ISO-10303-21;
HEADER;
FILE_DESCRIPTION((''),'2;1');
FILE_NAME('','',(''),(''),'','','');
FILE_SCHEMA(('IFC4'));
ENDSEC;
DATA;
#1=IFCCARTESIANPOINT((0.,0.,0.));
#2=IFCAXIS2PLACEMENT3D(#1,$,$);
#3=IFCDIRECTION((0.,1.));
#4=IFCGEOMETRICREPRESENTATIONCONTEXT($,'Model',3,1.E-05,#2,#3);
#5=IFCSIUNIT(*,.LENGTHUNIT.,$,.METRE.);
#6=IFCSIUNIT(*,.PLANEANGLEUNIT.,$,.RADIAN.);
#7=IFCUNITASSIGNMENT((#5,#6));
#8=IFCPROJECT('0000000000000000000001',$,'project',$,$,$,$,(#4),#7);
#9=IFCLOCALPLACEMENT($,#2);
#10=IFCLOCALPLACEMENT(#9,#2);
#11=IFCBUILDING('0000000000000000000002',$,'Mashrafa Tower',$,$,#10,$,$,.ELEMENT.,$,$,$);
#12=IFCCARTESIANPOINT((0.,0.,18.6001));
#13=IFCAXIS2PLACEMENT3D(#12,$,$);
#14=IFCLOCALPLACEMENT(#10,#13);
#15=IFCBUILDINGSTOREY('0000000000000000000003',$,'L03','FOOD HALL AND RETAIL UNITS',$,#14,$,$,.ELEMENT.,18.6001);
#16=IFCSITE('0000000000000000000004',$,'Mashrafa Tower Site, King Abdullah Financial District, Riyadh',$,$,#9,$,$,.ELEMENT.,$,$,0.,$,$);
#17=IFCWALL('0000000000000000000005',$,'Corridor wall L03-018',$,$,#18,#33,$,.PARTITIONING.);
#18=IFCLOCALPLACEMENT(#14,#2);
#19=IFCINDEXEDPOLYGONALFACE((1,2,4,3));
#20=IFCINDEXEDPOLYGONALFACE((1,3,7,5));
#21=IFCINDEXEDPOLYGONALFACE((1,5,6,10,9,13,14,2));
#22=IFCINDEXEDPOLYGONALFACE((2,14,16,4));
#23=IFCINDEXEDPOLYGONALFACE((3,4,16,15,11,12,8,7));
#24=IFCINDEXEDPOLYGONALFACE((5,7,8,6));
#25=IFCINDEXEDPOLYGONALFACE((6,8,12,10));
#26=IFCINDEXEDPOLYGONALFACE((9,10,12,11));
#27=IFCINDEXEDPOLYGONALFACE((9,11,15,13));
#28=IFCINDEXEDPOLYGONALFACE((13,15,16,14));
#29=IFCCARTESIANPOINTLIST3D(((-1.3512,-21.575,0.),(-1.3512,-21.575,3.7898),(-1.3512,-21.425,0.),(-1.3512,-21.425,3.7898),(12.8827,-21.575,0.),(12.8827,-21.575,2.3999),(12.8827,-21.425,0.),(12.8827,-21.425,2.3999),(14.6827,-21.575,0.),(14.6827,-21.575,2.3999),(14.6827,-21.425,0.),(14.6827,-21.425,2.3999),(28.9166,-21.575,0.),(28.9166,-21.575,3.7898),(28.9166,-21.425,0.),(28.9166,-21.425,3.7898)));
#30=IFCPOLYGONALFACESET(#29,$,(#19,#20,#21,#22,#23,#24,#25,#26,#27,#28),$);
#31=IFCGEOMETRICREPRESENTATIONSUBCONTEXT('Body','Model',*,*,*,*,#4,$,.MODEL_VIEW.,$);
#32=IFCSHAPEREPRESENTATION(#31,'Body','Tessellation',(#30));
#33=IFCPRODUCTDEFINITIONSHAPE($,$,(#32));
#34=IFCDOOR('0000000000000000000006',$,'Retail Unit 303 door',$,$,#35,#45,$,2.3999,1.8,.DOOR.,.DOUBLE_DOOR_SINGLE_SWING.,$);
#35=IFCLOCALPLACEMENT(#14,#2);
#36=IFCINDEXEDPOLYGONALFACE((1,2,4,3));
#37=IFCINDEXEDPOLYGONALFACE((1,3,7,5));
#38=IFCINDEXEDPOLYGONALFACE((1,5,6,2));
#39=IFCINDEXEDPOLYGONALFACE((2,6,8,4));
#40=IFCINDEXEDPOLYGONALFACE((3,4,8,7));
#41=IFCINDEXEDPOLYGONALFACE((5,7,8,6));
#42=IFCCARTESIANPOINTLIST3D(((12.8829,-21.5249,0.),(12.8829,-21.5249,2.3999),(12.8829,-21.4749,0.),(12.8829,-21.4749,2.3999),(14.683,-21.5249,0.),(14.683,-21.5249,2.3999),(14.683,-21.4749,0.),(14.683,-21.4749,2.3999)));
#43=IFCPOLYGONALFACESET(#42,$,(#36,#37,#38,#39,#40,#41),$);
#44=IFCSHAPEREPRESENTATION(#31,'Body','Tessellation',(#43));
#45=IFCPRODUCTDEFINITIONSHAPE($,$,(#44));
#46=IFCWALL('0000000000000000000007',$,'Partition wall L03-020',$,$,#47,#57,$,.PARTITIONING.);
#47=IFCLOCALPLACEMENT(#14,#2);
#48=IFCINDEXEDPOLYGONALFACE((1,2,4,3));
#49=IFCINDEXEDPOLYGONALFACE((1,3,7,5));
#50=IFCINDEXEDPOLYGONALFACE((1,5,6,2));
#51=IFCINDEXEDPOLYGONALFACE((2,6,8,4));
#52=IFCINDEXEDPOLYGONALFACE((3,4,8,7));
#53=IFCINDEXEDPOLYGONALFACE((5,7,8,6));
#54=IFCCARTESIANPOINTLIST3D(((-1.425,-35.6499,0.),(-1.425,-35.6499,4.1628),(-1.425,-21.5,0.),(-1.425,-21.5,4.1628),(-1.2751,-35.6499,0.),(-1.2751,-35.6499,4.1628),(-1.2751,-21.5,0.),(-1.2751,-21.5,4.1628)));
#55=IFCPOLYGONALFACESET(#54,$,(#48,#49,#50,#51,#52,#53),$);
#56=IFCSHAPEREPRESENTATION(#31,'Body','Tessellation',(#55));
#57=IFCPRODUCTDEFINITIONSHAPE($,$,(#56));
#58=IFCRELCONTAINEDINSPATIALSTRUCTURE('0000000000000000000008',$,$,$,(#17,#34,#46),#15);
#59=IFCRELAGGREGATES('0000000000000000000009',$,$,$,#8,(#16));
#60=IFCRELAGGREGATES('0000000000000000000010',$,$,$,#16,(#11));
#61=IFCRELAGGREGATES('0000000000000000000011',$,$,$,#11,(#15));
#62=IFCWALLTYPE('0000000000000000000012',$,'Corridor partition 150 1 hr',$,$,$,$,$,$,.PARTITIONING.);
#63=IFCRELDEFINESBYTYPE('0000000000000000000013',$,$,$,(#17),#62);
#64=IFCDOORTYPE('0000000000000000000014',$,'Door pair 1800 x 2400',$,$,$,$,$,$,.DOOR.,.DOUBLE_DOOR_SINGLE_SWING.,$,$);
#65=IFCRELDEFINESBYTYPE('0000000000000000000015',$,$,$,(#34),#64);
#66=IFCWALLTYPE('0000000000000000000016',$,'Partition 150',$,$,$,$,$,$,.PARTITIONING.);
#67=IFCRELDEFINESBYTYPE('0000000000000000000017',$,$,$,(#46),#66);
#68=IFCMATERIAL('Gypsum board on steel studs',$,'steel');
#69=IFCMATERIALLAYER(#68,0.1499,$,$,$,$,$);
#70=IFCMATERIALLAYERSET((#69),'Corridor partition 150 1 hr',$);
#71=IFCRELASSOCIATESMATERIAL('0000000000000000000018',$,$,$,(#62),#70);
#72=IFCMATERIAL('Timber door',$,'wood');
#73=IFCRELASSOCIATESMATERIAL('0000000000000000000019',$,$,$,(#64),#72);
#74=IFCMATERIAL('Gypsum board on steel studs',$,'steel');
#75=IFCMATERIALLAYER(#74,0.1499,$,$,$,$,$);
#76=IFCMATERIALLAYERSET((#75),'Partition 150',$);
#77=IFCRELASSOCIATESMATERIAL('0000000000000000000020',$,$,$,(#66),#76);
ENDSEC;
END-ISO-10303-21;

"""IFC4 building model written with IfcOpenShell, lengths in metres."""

from ifc_helpers import new_model, si_unit, direction, frame, frame_2d, origin, place, context, subcontext, project, spatial, rectangle, extrude, material, layer, layer_set, type_object, element, fill, save


model = new_model("IFC4")

# Units and contexts
model_context = context("Model", 3, precision=1e-05, world=origin(), true_north=direction((0.0, 1.0)))
body_context = subcontext(model_context, "Body", "Model", "MODEL_VIEW")
ifc_project = project(units=[si_unit("LENGTHUNIT", "METRE"), si_unit("PLANEANGLEUNIT", "RADIAN")], contexts=[model_context])

# Site, building, storey
site_placement = place(None, origin())
site = spatial("IfcSite", under=ifc_project, at=site_placement, Name="Mashrafa Tower Site, King Abdullah Financial District, Riyadh", CompositionType="ELEMENT", RefElevation=0.0)
building_placement = place(site_placement, origin())
building = spatial("IfcBuilding", under=site, at=building_placement, Name="Mashrafa Tower", CompositionType="ELEMENT")
storey_placement = place(building_placement, frame((0.0, 0.0, 18.6001)))
storey = spatial("IfcBuildingStorey", under=building, at=storey_placement, Name="L03", Description="FOOD HALL AND RETAIL UNITS", CompositionType="ELEMENT", Elevation=18.6001)

# Wall, opening, door
ifc_material_1 = material(Name="Gypsum board on steel studs", Category="steel")
ifc_layer_1 = layer(ifc_material_1, 0.1499)
ifc_layer_set_1 = layer_set([ifc_layer_1], Name="Corridor partition 150 1 hr")
wall_type_1 = type_object("IfcWallType", Name="Corridor partition 150 1 hr", PredefinedType="PARTITIONING", material=ifc_layer_set_1)
wall_1_placement = place(storey_placement, frame((-1.3511, -21.5, 0.0), z_axis=(0.0, 0.0, 1.0), x_axis=(1.0, 0.0, 0.0)))
wall_1 = element("IfcWall", 1, at=wall_1_placement, inside=storey, type_object=wall_type_1, Name="Corridor wall L03-018", PredefinedType="PARTITIONING", context=body_context, shape_type="SweptSolid", body=[
    extrude(rectangle(XDim=30.2678, YDim=0.1499, at=frame_2d((15.1338, 0.0))), origin(), (0.0, 0.0, 1.0), 3.7898),
])
opening_placement = place(wall_1_placement, frame((14.2339, 0.0, 0.0)))
opening = element("IfcOpeningElement", 2, at=opening_placement, cuts=wall_1, PredefinedType="OPENING", context=body_context, shape_type="SweptSolid", body=[
    extrude(rectangle(XDim=1.8, YDim=2.3999, at=frame_2d((0.8999, 1.2))), frame((0.0, 0.085, 0.0), z_axis=(0.0, -1.0, 0.0), x_axis=(1.0, 0.0, 0.0)), (0.0, 0.0, 1.0), 0.1699),
])
ifc_material_2 = material(Name="Timber door", Category="wood")
door_type = type_object("IfcDoorType", Name="Door pair 1800 x 2400", OperationType="DOUBLE_DOOR_SINGLE_SWING", PredefinedType="DOOR", material=ifc_material_2)
door_placement = place(opening_placement, frame((1.8, 0.0, 0.0), z_axis=(0.0, 0.0, 1.0), x_axis=(-1.0, 0.0, 0.0)))
door = element("IfcDoor", 3, at=door_placement, inside=storey, type_object=door_type, Name="Retail Unit 303 door", OperationType="DOUBLE_DOOR_SINGLE_SWING", OverallHeight=2.3999, OverallWidth=1.8, PredefinedType="DOOR", context=body_context, shape_type="SweptSolid", body=[
    extrude(rectangle(XDim=1.8, YDim=2.3999, at=frame_2d((0.8999, 1.2))), frame((0.0, 0.0249, 0.0), z_axis=(0.0, -1.0, 0.0), x_axis=(1.0, 0.0, 0.0)), (0.0, 0.0, 1.0), 0.05),
])
fill(opening, door)

# Wall
ifc_material_3 = material(Name="Gypsum board on steel studs", Category="steel")
ifc_layer_2 = layer(ifc_material_3, 0.1499)
ifc_layer_set_2 = layer_set([ifc_layer_2], Name="Partition 150")
wall_type_2 = type_object("IfcWallType", Name="Partition 150", PredefinedType="PARTITIONING", material=ifc_layer_set_2)
wall_2_placement = place(storey_placement, frame((-1.3501, -21.5, 0.0), z_axis=(0.0, 0.0, 1.0), x_axis=(0.0, -1.0, 0.0)))
element("IfcWall", 4, at=wall_2_placement, inside=storey, type_object=wall_type_2, Name="Partition wall L03-020", PredefinedType="PARTITIONING", context=body_context, shape_type="SweptSolid", body=[
    extrude(rectangle(XDim=14.1499, YDim=0.1499, at=frame_2d((7.075, 0.0))), origin(), (0.0, 0.0, 1.0), 4.1628),
])

save(model, "model.ifc")
